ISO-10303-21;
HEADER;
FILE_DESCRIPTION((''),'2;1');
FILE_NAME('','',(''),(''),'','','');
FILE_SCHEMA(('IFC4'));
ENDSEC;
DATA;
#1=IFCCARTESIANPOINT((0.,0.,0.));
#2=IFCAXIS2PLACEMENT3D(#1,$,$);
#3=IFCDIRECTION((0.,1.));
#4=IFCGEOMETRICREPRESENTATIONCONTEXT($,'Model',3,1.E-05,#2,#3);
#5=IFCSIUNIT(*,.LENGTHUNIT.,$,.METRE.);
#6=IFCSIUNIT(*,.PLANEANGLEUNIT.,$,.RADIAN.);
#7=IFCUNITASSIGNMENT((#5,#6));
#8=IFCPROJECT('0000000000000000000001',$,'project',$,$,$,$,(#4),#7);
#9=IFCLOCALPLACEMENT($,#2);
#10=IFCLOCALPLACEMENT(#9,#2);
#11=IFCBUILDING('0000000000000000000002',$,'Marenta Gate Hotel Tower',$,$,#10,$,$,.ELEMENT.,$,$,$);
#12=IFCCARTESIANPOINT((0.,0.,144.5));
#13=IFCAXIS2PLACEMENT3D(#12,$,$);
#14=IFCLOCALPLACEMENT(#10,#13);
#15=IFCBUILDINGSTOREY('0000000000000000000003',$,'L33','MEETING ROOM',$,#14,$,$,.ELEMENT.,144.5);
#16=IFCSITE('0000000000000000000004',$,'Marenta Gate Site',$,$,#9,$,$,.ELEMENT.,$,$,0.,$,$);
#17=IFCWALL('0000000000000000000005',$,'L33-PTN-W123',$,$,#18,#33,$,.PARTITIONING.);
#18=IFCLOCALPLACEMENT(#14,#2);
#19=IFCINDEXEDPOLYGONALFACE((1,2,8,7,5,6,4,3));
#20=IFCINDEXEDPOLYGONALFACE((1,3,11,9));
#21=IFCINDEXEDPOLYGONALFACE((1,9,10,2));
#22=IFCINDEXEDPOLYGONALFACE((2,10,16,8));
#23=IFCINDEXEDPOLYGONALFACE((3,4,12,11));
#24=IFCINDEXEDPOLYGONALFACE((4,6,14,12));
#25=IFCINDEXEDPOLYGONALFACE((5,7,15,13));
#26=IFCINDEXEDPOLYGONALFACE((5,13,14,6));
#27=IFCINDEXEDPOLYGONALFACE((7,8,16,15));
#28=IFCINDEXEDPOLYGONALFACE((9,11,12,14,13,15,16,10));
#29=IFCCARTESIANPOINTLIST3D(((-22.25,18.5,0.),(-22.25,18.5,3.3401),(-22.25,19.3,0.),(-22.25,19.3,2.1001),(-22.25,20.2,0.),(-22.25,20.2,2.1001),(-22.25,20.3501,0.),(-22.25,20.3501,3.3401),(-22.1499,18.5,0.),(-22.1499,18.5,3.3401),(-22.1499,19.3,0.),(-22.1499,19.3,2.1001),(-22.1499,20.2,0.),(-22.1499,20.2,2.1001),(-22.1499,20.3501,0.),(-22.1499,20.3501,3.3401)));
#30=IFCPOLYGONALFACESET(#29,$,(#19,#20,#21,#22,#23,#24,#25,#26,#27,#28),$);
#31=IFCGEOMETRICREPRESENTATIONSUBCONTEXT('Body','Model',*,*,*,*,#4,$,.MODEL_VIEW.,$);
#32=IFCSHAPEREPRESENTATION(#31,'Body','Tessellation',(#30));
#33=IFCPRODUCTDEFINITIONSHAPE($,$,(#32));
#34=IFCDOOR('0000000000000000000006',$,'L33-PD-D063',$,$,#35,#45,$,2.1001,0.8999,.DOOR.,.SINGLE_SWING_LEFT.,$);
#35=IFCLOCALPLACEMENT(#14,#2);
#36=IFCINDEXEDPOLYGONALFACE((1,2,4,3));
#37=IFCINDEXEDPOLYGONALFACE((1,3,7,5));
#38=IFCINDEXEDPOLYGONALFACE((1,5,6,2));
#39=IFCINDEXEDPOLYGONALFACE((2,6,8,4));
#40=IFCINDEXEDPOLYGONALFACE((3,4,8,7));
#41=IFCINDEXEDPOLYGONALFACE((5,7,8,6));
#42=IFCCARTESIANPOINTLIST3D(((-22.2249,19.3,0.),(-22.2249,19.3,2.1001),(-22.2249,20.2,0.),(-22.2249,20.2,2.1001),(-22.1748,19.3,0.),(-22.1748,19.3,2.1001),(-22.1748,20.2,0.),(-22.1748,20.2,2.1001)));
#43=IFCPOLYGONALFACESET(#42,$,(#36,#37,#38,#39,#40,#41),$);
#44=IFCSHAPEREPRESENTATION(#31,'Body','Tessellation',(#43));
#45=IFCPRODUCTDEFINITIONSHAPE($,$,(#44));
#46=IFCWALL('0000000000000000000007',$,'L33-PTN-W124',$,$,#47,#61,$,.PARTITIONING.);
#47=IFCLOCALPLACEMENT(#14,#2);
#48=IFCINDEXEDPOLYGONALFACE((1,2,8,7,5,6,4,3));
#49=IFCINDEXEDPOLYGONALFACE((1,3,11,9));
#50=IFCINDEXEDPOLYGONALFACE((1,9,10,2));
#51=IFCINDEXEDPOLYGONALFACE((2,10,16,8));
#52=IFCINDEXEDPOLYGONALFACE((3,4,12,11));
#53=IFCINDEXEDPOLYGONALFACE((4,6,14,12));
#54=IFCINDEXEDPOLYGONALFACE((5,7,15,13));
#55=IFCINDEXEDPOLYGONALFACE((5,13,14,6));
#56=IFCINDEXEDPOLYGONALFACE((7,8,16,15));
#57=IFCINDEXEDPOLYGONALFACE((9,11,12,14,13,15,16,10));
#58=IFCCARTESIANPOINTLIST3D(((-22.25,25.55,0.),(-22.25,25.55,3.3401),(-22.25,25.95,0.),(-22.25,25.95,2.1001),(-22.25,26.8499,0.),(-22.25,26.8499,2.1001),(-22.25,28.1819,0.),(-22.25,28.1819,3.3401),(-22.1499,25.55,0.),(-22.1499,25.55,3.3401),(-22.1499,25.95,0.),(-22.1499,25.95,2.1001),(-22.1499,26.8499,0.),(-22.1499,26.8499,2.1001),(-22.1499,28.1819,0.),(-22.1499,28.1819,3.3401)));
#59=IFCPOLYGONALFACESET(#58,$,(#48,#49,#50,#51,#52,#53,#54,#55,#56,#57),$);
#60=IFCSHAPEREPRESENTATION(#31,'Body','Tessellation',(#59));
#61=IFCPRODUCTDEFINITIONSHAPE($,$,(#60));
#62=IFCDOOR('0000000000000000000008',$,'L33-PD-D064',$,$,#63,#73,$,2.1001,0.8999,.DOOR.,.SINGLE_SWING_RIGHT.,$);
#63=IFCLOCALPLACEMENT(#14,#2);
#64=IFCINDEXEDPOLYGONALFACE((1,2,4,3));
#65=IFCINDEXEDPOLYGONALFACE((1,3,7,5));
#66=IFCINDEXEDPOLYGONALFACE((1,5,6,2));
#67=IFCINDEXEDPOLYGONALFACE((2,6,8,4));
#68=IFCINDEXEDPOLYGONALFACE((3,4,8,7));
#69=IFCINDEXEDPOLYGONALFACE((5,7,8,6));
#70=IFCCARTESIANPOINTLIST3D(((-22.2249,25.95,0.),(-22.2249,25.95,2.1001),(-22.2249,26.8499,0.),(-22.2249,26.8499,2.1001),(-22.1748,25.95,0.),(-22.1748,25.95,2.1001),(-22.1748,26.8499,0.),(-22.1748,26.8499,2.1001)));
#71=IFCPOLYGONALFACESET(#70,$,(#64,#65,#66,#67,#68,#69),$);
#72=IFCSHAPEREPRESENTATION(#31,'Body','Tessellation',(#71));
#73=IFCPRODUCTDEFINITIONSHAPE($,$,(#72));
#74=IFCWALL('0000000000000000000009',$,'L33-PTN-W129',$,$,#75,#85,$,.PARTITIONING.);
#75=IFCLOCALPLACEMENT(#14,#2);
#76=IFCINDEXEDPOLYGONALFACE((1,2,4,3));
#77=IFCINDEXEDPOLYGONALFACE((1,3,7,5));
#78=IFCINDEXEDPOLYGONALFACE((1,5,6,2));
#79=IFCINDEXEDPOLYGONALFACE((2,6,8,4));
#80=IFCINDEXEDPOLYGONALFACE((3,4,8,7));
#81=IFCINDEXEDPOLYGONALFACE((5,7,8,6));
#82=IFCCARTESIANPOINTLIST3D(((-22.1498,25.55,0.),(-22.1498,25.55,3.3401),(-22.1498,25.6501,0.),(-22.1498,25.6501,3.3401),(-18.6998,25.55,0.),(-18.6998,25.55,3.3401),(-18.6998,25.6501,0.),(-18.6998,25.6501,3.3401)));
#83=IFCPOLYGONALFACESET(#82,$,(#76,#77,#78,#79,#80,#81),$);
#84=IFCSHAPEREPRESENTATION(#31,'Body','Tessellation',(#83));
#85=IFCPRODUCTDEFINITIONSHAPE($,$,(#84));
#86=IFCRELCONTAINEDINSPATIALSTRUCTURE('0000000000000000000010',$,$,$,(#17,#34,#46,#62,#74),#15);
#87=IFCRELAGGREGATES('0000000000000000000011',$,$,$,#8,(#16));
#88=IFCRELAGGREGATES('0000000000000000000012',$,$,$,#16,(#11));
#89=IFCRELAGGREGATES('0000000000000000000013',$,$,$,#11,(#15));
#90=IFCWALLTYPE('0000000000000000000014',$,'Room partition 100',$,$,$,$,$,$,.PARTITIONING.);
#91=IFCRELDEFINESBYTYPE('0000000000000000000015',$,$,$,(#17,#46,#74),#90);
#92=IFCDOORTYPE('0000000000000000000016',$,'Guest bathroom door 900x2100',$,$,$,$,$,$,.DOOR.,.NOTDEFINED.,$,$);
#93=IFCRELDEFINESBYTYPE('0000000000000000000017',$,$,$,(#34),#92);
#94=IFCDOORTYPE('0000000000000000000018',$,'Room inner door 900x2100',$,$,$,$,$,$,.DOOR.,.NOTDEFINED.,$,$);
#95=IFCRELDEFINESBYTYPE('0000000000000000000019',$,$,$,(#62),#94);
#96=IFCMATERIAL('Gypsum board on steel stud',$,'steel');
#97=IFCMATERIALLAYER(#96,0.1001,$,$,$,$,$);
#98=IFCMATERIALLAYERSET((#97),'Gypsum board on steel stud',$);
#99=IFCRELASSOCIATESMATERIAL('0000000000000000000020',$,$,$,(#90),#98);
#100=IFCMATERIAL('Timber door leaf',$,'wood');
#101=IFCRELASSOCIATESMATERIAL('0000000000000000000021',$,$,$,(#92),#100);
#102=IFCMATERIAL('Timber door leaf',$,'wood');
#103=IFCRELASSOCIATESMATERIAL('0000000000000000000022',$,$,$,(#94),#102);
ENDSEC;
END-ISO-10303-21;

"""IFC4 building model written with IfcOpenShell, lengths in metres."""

from ifc_helpers import new_model, si_unit, direction, frame, frame_2d, origin, place, context, subcontext, project, spatial, rectangle, extrude, material, layer, layer_set, type_object, element, fill, save


model = new_model("IFC4")

# Units and contexts
model_context = context("Model", 3, precision=1e-05, world=origin(), true_north=direction((0.0, 1.0)))
body_context = subcontext(model_context, "Body", "Model", "MODEL_VIEW")
ifc_project = project(units=[si_unit("LENGTHUNIT", "METRE"), si_unit("PLANEANGLEUNIT", "RADIAN")], contexts=[model_context])

# Site, building, storey
site_placement = place(None, origin())
site = spatial("IfcSite", under=ifc_project, at=site_placement, Name="Marenta Gate Site", CompositionType="ELEMENT", RefElevation=0.0)
building_placement = place(site_placement, origin())
building = spatial("IfcBuilding", under=site, at=building_placement, Name="Marenta Gate Hotel Tower", CompositionType="ELEMENT")
storey_placement = place(building_placement, frame((0.0, 0.0, 144.5)))
storey = spatial("IfcBuildingStorey", under=building, at=storey_placement, Name="L33", Description="MEETING ROOM", CompositionType="ELEMENT", Elevation=144.5)

# Shared definitions
ifc_material_1 = material(Name="Gypsum board on steel stud", Category="steel")
ifc_layer_1 = layer(ifc_material_1, 0.1001)
ifc_layer_set_1 = layer_set([ifc_layer_1], Name="Gypsum board on steel stud")
wall_type_1 = type_object("IfcWallType", Name="Room partition 100", PredefinedType="PARTITIONING", material=ifc_layer_set_1)

# Walls, openings, doors
wall_1_placement = place(storey_placement, frame((-22.2, 18.5, 0.0), z_axis=(0.0, 0.0, 1.0), x_axis=(0.0, 1.0, 0.0)))
wall_1 = element("IfcWall", 1, at=wall_1_placement, inside=storey, type_object=wall_type_1, Name="L33-PTN-W123", PredefinedType="PARTITIONING", context=body_context, shape_type="SweptSolid", body=[
    extrude(rectangle(XDim=1.8501, YDim=0.1001, at=frame_2d((0.925, 0.0))), origin(), (0.0, 0.0, 1.0), 3.3401),
])
opening_1_placement = place(wall_1_placement, frame((0.8, 0.0, 0.0)))
opening_1 = element("IfcOpeningElement", 2, at=opening_1_placement, cuts=wall_1, PredefinedType="OPENING", context=body_context, shape_type="SweptSolid", body=[
    extrude(rectangle(XDim=0.8999, YDim=2.1001, at=frame_2d((0.45, 1.05))), frame((0.0, 0.05, 0.0), z_axis=(0.0, -1.0, 0.0), x_axis=(1.0, 0.0, 0.0)), (0.0, 0.0, 1.0), 0.1001),
])
ifc_material_2 = material(Name="Timber door leaf", Category="wood")
door_type_1 = type_object("IfcDoorType", Name="Guest bathroom door 900x2100", OperationType="NOTDEFINED", PredefinedType="DOOR", material=ifc_material_2)
door_1_placement = place(opening_1_placement, origin())
door_1 = element("IfcDoor", 3, at=door_1_placement, inside=storey, type_object=door_type_1, Name="L33-PD-D063", OperationType="SINGLE_SWING_LEFT", OverallHeight=2.1001, OverallWidth=0.8999, PredefinedType="DOOR", context=body_context, shape_type="SweptSolid", body=[
    extrude(rectangle(XDim=0.8999, YDim=2.1001, at=frame_2d((0.45, 1.05))), frame((0.0, 0.0249, 0.0), z_axis=(0.0, -1.0, 0.0), x_axis=(1.0, 0.0, 0.0)), (0.0, 0.0, 1.0), 0.05),
])
fill(opening_1, door_1)
wall_2_placement = place(storey_placement, frame((-22.2, 25.55, 0.0), z_axis=(0.0, 0.0, 1.0), x_axis=(0.0, 1.0, 0.0)))
wall_2 = element("IfcWall", 4, at=wall_2_placement, inside=storey, type_object=wall_type_1, Name="L33-PTN-W124", PredefinedType="PARTITIONING", context=body_context, shape_type="SweptSolid", body=[
    extrude(rectangle(XDim=2.6318, YDim=0.1001, at=frame_2d((1.3159, 0.0))), origin(), (0.0, 0.0, 1.0), 3.3401),
])
opening_2_placement = place(wall_2_placement, frame((0.3999, 0.0, 0.0)))
opening_2 = element("IfcOpeningElement", 5, at=opening_2_placement, cuts=wall_2, PredefinedType="OPENING", context=body_context, shape_type="SweptSolid", body=[
    extrude(rectangle(XDim=0.8999, YDim=2.1001, at=frame_2d((0.45, 1.05))), frame((0.0, 0.05, 0.0), z_axis=(0.0, -1.0, 0.0), x_axis=(1.0, 0.0, 0.0)), (0.0, 0.0, 1.0), 0.1001),
])
ifc_material_3 = material(Name="Timber door leaf", Category="wood")
door_type_2 = type_object("IfcDoorType", Name="Room inner door 900x2100", OperationType="NOTDEFINED", PredefinedType="DOOR", material=ifc_material_3)
door_2_placement = place(opening_2_placement, origin())
door_2 = element("IfcDoor", 6, at=door_2_placement, inside=storey, type_object=door_type_2, Name="L33-PD-D064", OperationType="SINGLE_SWING_RIGHT", OverallHeight=2.1001, OverallWidth=0.8999, PredefinedType="DOOR", context=body_context, shape_type="SweptSolid", body=[
    extrude(rectangle(XDim=0.8999, YDim=2.1001, at=frame_2d((0.45, 1.05))), frame((0.0, 0.0249, 0.0), z_axis=(0.0, -1.0, 0.0), x_axis=(1.0, 0.0, 0.0)), (0.0, 0.0, 1.0), 0.05),
])
fill(opening_2, door_2)

# Wall
wall_3_placement = place(storey_placement, frame((-22.1499, 25.6001, 0.0), z_axis=(0.0, 0.0, 1.0), x_axis=(1.0, 0.0, 0.0)))
element("IfcWall", 7, at=wall_3_placement, inside=storey, type_object=wall_type_1, Name="L33-PTN-W129", PredefinedType="PARTITIONING", context=body_context, shape_type="SweptSolid", body=[
    extrude(rectangle(XDim=3.45, YDim=0.1001, at=frame_2d((1.7251, 0.0))), origin(), (0.0, 0.0, 1.0), 3.3401),
])

save(model, "model.ifc")
